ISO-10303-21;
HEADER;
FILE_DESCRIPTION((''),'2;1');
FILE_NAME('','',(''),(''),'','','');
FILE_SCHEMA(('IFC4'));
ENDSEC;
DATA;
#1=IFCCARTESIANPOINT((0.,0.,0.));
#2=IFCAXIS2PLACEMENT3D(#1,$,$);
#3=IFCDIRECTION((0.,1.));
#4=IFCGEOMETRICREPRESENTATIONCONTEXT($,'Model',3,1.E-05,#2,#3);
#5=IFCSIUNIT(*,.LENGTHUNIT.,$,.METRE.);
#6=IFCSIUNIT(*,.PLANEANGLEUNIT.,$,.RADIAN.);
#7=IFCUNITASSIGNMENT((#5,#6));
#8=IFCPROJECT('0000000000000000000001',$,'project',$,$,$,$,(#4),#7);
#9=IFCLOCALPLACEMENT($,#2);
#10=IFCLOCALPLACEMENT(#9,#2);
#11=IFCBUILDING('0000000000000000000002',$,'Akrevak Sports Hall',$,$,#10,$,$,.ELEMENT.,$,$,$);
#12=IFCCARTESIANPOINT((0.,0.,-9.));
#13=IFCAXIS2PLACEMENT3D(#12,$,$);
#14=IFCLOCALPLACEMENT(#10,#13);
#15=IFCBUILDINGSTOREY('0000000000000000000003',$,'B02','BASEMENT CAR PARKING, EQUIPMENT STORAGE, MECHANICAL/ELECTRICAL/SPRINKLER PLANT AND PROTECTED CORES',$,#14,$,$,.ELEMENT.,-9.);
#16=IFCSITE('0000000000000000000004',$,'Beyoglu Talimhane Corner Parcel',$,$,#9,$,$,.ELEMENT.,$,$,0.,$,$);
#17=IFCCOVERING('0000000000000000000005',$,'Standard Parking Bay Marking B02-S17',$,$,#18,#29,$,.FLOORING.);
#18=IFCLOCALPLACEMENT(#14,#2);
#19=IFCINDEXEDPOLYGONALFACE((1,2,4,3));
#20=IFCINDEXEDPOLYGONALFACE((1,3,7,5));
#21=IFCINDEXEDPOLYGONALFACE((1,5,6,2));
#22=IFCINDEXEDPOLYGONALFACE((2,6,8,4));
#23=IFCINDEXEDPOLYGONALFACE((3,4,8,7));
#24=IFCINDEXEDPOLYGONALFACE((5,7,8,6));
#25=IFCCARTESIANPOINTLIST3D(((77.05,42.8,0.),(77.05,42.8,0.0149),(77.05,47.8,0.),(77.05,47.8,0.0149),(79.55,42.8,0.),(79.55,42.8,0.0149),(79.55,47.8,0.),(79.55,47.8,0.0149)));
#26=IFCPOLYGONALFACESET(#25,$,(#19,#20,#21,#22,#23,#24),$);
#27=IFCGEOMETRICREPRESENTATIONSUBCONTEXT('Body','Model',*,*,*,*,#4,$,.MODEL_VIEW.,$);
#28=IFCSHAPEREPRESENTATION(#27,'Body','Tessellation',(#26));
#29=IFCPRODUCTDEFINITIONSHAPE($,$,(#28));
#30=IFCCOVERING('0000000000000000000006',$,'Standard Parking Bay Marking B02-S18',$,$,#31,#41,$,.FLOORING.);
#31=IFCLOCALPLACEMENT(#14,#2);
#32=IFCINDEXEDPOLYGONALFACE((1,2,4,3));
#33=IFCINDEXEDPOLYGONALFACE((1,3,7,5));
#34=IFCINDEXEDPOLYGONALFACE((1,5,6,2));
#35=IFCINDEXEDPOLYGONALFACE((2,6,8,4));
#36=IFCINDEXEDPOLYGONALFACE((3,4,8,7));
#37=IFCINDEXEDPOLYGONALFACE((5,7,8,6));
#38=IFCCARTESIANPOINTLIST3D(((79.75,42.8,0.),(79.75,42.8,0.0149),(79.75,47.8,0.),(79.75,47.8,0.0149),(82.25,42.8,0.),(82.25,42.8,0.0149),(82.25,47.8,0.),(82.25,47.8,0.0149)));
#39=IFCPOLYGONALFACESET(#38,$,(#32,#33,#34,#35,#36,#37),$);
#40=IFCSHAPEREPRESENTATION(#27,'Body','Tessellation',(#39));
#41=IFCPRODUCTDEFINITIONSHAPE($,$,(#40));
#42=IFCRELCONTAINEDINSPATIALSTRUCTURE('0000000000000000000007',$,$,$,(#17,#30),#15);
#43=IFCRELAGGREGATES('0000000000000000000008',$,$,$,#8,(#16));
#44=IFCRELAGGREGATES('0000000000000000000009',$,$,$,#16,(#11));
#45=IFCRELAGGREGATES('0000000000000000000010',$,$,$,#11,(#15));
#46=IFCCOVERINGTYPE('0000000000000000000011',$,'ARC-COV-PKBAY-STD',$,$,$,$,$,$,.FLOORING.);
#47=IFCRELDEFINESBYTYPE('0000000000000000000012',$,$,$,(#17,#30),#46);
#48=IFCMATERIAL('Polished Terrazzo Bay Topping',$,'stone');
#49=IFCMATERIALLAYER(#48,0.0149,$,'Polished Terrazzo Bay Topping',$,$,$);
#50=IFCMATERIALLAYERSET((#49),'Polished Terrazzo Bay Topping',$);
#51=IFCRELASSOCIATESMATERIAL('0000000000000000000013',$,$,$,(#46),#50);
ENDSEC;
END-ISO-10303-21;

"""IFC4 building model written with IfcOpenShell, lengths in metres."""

from ifc_helpers import new_model, si_unit, direction, frame, origin, origin_2d, place, context, subcontext, project, spatial, rectangle, extrude, material, layer, layer_set, type_object, element, save


model = new_model("IFC4")

# Units and contexts
model_context = context("Model", 3, precision=1e-05, world=origin(), true_north=direction((0.0, 1.0)))
body_context = subcontext(model_context, "Body", "Model", "MODEL_VIEW")
ifc_project = project(units=[si_unit("LENGTHUNIT", "METRE"), si_unit("PLANEANGLEUNIT", "RADIAN")], contexts=[model_context])

# Site, building, storey
site_placement = place(None, origin())
site = spatial("IfcSite", under=ifc_project, at=site_placement, Name="Beyoglu Talimhane Corner Parcel", CompositionType="ELEMENT", RefElevation=0.0)
building_placement = place(site_placement, origin())
building = spatial("IfcBuilding", under=site, at=building_placement, Name="Akrevak Sports Hall", CompositionType="ELEMENT")
storey_placement = place(building_placement, frame((0.0, 0.0, -9.0)))
storey = spatial("IfcBuildingStorey", under=building, at=storey_placement, Name="B02", Description="BASEMENT CAR PARKING, EQUIPMENT STORAGE, MECHANICAL/ELECTRICAL/SPRINKLER PLANT AND PROTECTED CORES", CompositionType="ELEMENT", Elevation=-9.0)

# Coverings
ifc_material_1 = material(Name="Polished Terrazzo Bay Topping", Category="stone")
ifc_layer_1 = layer(ifc_material_1, 0.0149, Name="Polished Terrazzo Bay Topping")
ifc_layer_set_1 = layer_set([ifc_layer_1], Name="Polished Terrazzo Bay Topping")
covering_type_1 = type_object("IfcCoveringType", Name="ARC-COV-PKBAY-STD", PredefinedType="FLOORING", material=ifc_layer_set_1)
for number, where, z_axis, x_axis, name in (
    (1, (78.3, 45.3, 0.0), (0.0, 0.0, 1.0), (1.0, 0.0, 0.0), "Standard Parking Bay Marking B02-S17"),
    (2, (81.0, 45.3, 0.0), (0.0, 0.0, 1.0), (1.0, 0.0, 0.0), "Standard Parking Bay Marking B02-S18"),
):
    element("IfcCovering", number, at=place(storey_placement, frame(where, z_axis=z_axis, x_axis=x_axis)), inside=storey, type_object=covering_type_1, Name=name, PredefinedType="FLOORING", context=body_context, shape_type="SweptSolid", body=[
        extrude(rectangle(XDim=2.5, YDim=5.0, at=origin_2d()), origin(), (0.0, 0.0, 1.0), 0.0149),
    ])

save(model, "model.ifc")
